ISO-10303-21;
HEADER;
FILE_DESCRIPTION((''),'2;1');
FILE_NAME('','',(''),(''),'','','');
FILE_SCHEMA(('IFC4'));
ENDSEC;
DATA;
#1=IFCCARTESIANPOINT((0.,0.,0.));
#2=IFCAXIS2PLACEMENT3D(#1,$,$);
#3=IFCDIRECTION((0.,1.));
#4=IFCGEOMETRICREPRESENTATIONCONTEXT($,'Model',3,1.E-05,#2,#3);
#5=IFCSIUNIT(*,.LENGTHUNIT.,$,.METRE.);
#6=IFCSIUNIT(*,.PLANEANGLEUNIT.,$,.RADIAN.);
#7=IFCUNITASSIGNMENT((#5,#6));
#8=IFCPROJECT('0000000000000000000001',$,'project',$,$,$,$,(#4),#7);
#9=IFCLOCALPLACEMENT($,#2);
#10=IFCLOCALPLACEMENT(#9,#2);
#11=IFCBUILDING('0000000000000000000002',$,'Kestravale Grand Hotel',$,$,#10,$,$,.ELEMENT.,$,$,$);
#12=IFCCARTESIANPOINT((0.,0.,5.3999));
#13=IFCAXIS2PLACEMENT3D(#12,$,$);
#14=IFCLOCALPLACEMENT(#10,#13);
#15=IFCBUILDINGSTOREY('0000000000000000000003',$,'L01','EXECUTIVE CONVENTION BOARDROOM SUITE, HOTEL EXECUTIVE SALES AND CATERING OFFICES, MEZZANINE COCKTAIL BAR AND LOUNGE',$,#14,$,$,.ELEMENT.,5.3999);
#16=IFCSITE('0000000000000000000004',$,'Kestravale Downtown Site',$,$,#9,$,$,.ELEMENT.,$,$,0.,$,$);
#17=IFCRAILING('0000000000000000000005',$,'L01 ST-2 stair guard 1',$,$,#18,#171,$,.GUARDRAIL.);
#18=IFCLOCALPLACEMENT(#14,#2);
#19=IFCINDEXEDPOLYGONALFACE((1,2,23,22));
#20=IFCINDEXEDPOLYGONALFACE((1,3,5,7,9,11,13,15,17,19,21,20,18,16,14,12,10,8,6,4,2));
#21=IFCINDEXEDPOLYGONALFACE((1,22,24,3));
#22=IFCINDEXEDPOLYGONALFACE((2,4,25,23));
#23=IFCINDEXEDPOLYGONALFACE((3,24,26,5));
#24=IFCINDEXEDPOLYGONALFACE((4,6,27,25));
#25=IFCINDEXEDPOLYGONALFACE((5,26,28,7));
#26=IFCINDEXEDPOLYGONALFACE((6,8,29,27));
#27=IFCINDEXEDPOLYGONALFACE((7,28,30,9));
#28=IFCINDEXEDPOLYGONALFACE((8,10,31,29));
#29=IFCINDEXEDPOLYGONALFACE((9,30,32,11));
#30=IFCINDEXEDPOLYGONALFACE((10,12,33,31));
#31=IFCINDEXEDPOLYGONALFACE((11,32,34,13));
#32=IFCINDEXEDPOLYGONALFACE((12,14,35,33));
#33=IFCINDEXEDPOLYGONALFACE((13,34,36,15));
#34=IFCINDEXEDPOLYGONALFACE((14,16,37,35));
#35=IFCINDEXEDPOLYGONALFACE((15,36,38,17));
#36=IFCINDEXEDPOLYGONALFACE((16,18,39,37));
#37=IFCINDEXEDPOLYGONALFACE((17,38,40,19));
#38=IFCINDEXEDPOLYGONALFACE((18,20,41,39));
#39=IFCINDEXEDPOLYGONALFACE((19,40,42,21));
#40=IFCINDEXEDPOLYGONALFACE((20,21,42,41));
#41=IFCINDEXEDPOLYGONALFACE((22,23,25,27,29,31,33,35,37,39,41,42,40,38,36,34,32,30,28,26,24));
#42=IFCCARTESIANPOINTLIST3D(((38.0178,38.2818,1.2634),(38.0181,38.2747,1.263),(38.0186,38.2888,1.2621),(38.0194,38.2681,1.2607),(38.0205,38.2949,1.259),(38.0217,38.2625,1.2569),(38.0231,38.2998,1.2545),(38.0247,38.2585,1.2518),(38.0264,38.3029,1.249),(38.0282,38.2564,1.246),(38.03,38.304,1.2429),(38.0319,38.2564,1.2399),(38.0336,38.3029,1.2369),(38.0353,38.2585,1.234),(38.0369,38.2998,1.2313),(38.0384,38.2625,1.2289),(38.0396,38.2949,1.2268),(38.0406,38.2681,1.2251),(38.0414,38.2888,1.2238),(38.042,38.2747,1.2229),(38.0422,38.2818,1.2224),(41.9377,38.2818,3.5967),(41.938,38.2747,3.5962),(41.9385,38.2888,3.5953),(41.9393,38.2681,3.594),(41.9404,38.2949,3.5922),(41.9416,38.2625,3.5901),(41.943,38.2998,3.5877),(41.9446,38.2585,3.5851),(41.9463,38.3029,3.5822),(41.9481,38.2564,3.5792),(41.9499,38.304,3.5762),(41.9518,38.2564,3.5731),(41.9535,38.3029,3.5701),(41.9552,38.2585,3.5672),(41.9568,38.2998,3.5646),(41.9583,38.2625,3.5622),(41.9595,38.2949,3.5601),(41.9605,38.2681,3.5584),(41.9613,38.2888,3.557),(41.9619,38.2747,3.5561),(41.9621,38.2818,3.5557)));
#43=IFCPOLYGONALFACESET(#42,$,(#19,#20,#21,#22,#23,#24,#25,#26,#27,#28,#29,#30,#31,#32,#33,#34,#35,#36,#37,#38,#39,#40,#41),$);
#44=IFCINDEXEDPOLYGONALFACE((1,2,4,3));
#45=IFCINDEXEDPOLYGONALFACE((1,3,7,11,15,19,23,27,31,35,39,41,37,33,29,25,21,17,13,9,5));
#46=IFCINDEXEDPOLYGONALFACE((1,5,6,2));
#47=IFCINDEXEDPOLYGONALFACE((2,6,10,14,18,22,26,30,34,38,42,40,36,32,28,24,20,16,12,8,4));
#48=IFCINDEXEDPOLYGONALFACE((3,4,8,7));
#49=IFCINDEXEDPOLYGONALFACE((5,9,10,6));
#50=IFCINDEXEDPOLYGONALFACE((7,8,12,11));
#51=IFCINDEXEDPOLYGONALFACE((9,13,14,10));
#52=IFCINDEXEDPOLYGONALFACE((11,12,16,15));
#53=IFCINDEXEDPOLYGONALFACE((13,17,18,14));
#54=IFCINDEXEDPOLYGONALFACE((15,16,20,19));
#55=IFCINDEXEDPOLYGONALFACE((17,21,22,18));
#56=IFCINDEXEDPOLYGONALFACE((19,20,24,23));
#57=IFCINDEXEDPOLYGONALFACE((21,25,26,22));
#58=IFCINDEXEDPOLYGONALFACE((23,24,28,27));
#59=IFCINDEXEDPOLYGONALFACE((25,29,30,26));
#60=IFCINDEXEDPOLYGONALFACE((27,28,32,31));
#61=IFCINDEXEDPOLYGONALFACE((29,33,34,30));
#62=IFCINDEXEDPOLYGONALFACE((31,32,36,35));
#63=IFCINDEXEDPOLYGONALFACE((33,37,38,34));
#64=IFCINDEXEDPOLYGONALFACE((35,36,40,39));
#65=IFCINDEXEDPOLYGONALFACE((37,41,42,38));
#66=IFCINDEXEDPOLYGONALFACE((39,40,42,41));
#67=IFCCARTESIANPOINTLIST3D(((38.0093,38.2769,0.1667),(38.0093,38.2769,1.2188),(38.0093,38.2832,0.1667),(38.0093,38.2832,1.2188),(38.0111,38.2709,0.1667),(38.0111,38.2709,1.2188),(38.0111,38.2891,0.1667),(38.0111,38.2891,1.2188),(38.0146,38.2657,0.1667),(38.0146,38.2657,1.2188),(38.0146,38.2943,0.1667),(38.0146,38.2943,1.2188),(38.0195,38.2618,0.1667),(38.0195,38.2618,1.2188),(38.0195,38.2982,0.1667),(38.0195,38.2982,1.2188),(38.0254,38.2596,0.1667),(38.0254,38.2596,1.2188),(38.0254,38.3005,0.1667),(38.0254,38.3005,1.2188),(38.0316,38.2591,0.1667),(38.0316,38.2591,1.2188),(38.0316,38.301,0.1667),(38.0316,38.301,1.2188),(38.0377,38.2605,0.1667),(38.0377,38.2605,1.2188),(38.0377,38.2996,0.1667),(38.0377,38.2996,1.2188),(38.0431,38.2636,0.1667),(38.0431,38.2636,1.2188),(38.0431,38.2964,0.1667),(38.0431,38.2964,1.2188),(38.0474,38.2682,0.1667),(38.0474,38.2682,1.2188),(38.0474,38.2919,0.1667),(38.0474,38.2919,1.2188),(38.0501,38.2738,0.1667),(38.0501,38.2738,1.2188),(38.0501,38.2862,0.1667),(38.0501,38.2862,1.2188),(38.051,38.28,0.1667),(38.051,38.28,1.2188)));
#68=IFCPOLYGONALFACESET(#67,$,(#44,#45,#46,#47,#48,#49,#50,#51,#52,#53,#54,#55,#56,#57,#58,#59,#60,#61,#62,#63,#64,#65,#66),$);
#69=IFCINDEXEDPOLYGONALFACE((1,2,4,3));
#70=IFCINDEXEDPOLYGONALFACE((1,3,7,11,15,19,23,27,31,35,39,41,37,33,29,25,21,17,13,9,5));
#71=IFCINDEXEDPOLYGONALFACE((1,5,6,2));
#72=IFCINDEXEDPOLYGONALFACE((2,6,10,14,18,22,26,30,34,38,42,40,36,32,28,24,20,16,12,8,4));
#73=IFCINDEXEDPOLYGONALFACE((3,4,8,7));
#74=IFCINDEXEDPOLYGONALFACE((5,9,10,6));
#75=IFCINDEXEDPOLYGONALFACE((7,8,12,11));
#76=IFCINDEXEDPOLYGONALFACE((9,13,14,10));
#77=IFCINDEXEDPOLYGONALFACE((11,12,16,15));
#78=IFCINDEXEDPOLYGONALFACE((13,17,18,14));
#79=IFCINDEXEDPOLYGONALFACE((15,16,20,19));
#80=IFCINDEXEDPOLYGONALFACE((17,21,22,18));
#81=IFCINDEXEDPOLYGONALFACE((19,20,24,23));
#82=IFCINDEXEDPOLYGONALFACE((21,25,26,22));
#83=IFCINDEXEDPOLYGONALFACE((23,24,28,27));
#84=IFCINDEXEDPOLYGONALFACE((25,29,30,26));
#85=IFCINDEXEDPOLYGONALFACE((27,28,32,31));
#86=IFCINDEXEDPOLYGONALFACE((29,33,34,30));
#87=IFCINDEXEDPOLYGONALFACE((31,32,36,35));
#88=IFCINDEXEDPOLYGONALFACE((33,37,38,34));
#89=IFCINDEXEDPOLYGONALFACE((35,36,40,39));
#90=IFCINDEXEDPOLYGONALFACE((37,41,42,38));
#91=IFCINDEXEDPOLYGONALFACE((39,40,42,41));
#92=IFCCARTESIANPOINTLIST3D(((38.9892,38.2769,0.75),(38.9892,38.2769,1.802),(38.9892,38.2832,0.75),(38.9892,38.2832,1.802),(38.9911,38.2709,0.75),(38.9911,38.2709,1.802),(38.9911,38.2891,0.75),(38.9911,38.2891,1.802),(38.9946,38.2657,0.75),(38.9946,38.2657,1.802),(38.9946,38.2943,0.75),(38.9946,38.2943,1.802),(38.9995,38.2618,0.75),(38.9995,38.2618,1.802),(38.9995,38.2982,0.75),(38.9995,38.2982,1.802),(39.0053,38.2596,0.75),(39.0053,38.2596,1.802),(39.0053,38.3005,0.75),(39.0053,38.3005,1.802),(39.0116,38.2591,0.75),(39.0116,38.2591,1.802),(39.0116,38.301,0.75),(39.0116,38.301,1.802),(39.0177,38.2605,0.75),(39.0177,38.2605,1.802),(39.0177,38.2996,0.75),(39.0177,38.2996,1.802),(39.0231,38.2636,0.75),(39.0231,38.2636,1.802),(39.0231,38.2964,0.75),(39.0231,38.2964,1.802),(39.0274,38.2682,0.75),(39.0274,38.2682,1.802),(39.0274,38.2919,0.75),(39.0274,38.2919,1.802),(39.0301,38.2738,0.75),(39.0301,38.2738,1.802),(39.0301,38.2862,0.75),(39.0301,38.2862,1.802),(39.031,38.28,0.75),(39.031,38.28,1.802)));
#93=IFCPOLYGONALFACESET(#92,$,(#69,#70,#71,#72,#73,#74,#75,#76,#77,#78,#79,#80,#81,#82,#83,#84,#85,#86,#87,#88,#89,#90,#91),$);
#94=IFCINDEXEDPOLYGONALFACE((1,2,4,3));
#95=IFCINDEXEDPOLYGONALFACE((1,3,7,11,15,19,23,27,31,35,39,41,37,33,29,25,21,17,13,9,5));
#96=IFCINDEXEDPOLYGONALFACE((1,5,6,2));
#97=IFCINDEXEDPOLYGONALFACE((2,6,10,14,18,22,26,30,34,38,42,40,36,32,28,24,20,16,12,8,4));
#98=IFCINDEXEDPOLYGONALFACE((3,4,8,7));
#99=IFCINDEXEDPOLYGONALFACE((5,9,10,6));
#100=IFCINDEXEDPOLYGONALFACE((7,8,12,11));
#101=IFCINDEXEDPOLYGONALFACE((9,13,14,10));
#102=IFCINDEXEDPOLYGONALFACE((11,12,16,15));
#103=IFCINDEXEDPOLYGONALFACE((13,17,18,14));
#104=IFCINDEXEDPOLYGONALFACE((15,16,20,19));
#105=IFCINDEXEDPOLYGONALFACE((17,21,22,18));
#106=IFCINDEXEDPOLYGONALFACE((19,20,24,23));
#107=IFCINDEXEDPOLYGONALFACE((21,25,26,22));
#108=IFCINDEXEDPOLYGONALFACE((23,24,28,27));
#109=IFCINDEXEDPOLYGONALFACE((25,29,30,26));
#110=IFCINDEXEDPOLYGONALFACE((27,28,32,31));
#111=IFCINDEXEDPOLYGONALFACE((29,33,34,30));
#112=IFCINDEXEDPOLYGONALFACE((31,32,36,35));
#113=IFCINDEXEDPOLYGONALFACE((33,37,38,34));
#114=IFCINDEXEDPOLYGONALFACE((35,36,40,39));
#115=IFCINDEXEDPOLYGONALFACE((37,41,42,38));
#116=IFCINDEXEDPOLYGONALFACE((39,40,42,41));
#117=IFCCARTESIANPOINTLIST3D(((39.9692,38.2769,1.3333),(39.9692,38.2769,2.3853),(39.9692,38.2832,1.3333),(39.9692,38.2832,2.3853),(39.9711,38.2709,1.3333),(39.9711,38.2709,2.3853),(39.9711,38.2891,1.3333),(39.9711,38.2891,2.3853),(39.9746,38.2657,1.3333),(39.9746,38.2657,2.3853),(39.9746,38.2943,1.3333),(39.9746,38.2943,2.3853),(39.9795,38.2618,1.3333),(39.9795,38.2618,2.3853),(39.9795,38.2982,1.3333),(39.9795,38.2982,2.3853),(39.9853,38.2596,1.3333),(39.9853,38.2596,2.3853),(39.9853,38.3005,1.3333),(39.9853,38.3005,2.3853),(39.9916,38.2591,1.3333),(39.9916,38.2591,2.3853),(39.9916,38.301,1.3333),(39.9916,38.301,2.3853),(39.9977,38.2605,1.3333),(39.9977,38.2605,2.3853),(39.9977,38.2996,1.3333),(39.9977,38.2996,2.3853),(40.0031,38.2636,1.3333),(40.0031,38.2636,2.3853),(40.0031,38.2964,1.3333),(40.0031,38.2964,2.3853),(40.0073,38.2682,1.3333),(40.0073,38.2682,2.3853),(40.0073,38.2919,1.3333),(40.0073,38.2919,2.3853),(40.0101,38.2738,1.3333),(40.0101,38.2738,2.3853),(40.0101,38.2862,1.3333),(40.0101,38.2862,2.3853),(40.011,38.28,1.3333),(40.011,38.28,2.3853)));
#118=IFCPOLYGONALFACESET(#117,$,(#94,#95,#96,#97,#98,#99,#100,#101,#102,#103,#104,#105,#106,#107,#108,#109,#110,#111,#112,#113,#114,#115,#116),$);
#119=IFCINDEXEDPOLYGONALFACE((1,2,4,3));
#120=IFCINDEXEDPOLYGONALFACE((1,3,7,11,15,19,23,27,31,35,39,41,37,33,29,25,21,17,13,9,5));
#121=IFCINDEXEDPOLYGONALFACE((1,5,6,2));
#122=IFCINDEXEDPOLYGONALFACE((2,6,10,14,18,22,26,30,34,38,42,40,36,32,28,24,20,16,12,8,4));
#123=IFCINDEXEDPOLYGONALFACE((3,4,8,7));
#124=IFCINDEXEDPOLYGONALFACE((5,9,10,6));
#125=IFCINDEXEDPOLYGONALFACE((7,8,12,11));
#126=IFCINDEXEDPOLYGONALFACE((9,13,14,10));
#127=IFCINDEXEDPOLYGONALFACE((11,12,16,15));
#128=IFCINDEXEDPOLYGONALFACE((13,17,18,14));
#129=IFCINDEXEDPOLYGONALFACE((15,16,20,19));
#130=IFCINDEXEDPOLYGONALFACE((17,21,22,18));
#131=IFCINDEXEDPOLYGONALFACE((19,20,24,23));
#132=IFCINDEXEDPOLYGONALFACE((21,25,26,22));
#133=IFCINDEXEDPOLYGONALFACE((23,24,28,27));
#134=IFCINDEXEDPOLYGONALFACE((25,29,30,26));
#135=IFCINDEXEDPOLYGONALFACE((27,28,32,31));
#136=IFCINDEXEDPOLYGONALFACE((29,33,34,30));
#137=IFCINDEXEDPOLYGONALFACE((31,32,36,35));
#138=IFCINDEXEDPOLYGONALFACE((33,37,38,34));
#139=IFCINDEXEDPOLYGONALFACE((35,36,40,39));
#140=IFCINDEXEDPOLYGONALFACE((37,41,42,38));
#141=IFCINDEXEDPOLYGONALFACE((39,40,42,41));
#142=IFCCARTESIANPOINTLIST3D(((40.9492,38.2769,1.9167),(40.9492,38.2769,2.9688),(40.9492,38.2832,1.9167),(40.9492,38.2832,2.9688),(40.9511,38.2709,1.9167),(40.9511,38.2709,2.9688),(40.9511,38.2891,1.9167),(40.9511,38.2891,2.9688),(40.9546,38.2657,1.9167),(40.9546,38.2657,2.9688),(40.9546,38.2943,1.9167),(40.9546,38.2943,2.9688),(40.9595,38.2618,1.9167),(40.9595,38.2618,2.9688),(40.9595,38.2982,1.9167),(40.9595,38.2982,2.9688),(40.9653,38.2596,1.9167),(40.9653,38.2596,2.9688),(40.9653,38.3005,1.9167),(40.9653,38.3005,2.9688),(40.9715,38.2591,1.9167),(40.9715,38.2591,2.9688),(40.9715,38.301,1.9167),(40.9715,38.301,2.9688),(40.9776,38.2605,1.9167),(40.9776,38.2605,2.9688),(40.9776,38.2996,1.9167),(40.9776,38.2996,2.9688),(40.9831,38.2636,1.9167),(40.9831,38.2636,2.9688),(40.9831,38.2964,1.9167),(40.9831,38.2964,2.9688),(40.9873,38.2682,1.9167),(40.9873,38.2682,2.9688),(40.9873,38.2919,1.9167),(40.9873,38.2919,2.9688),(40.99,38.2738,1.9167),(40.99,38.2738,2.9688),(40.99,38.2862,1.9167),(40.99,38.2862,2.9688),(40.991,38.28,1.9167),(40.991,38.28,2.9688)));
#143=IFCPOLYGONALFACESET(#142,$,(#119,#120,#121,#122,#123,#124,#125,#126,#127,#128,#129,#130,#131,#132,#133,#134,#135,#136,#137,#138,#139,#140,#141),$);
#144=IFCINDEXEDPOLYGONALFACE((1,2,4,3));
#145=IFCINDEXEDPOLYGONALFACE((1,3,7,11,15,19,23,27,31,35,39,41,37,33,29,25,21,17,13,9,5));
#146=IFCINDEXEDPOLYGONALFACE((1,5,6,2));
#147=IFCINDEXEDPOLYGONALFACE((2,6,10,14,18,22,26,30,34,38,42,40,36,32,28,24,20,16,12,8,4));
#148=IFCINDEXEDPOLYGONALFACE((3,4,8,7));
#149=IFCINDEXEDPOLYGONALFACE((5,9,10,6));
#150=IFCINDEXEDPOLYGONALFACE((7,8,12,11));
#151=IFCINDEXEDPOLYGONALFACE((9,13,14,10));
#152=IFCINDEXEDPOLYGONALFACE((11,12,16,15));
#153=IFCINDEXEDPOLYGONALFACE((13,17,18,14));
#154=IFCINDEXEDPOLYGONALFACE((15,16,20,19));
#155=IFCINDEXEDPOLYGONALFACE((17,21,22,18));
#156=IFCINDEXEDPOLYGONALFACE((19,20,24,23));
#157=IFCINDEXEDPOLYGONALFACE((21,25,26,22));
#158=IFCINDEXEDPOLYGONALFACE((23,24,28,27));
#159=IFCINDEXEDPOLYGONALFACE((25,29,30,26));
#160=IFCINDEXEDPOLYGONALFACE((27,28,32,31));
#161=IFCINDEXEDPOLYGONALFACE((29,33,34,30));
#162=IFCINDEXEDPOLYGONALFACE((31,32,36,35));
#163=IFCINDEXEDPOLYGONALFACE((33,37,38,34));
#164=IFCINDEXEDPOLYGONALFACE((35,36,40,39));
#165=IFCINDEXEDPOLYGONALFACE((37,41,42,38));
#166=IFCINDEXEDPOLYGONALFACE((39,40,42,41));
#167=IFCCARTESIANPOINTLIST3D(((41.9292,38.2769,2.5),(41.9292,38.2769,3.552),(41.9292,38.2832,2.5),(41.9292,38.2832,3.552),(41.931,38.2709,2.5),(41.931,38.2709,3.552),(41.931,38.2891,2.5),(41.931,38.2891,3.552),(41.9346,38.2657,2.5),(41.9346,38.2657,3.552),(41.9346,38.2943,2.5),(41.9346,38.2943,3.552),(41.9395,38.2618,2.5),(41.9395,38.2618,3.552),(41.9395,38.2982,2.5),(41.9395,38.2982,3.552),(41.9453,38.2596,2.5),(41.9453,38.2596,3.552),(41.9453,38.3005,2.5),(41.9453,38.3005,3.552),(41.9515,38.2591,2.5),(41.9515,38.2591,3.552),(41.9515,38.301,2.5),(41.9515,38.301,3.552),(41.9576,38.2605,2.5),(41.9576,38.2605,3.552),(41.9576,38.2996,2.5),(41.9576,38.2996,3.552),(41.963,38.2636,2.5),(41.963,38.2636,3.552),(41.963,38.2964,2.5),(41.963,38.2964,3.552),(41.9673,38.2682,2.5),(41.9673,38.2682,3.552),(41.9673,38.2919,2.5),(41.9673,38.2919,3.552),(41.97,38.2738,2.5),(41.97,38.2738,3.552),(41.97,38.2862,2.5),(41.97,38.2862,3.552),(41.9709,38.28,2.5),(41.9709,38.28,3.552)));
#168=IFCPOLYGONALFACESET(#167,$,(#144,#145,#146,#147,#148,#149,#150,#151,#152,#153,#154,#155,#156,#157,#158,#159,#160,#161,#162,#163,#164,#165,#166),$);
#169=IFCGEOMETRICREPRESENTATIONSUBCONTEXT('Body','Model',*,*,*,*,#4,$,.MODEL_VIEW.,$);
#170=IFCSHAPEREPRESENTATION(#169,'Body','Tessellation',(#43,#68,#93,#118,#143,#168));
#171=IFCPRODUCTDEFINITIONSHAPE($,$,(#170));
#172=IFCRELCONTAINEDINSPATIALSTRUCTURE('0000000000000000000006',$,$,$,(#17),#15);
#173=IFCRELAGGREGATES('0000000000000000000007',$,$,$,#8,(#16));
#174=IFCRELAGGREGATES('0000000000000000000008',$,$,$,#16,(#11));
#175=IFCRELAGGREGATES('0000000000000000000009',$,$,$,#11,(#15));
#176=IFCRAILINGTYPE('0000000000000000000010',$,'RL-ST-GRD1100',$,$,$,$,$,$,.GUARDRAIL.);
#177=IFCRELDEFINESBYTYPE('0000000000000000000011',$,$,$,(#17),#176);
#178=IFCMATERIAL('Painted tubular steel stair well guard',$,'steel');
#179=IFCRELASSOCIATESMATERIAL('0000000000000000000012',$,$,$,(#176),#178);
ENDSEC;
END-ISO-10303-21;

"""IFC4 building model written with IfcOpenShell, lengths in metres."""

from ifc_helpers import new_model, si_unit, direction, frame, origin, origin_2d, place, context, subcontext, project, spatial, circle, extrude, material, type_object, element, save


model = new_model("IFC4")

# Units and contexts
model_context = context("Model", 3, precision=1e-05, world=origin(), true_north=direction((0.0, 1.0)))
body_context = subcontext(model_context, "Body", "Model", "MODEL_VIEW")
ifc_project = project(units=[si_unit("LENGTHUNIT", "METRE"), si_unit("PLANEANGLEUNIT", "RADIAN")], contexts=[model_context])

# Site, building, storey
site_placement = place(None, origin())
site = spatial("IfcSite", under=ifc_project, at=site_placement, Name="Kestravale Downtown Site", CompositionType="ELEMENT", RefElevation=0.0)
building_placement = place(site_placement, origin())
building = spatial("IfcBuilding", under=site, at=building_placement, Name="Kestravale Grand Hotel", CompositionType="ELEMENT")
storey_placement = place(building_placement, frame((0.0, 0.0, 5.3999)))
storey = spatial("IfcBuildingStorey", under=building, at=storey_placement, Name="L01", Description="EXECUTIVE CONVENTION BOARDROOM SUITE, HOTEL EXECUTIVE SALES AND CATERING OFFICES, MEZZANINE COCKTAIL BAR AND LOUNGE", CompositionType="ELEMENT", Elevation=5.3999)

# Railing
ifc_material_1 = material(Name="Painted tubular steel stair well guard", Category="steel")
railing_type_1 = type_object("IfcRailingType", Name="RL-ST-GRD1100", PredefinedType="GUARDRAIL", material=ifc_material_1)
railing_1_placement = place(storey_placement, frame((38.03, 38.28, 0.1667)))
element("IfcRailing", 1, at=railing_1_placement, inside=storey, type_object=railing_type_1, Name="L01 ST-2 stair guard 1", PredefinedType="GUARDRAIL", context=body_context, shape_type="SweptSolid", body=[
    extrude(circle(Radius=0.0239, at=origin_2d()), frame((0.0, 0.0, 1.0762), z_axis=(0.859296, 0.0, 0.511478), x_axis=(0.0, 1.0, 0.0)), (0.0, 0.0, 1.0), 4.5618),
    extrude(circle(Radius=0.021, at=origin_2d()), origin(), (0.0, 0.0, 1.0), 1.052),
    extrude(circle(Radius=0.021, at=origin_2d()), frame((0.98, 0.0, 0.5833)), (0.0, 0.0, 1.0), 1.052),
    extrude(circle(Radius=0.021, at=origin_2d()), frame((1.96, 0.0, 1.1665)), (0.0, 0.0, 1.0), 1.052),
    extrude(circle(Radius=0.021, at=origin_2d()), frame((2.9399, 0.0, 1.75)), (0.0, 0.0, 1.0), 1.052),
    extrude(circle(Radius=0.021, at=origin_2d()), frame((3.9199, 0.0, 2.3333)), (0.0, 0.0, 1.0), 1.052),
])

save(model, "model.ifc")
